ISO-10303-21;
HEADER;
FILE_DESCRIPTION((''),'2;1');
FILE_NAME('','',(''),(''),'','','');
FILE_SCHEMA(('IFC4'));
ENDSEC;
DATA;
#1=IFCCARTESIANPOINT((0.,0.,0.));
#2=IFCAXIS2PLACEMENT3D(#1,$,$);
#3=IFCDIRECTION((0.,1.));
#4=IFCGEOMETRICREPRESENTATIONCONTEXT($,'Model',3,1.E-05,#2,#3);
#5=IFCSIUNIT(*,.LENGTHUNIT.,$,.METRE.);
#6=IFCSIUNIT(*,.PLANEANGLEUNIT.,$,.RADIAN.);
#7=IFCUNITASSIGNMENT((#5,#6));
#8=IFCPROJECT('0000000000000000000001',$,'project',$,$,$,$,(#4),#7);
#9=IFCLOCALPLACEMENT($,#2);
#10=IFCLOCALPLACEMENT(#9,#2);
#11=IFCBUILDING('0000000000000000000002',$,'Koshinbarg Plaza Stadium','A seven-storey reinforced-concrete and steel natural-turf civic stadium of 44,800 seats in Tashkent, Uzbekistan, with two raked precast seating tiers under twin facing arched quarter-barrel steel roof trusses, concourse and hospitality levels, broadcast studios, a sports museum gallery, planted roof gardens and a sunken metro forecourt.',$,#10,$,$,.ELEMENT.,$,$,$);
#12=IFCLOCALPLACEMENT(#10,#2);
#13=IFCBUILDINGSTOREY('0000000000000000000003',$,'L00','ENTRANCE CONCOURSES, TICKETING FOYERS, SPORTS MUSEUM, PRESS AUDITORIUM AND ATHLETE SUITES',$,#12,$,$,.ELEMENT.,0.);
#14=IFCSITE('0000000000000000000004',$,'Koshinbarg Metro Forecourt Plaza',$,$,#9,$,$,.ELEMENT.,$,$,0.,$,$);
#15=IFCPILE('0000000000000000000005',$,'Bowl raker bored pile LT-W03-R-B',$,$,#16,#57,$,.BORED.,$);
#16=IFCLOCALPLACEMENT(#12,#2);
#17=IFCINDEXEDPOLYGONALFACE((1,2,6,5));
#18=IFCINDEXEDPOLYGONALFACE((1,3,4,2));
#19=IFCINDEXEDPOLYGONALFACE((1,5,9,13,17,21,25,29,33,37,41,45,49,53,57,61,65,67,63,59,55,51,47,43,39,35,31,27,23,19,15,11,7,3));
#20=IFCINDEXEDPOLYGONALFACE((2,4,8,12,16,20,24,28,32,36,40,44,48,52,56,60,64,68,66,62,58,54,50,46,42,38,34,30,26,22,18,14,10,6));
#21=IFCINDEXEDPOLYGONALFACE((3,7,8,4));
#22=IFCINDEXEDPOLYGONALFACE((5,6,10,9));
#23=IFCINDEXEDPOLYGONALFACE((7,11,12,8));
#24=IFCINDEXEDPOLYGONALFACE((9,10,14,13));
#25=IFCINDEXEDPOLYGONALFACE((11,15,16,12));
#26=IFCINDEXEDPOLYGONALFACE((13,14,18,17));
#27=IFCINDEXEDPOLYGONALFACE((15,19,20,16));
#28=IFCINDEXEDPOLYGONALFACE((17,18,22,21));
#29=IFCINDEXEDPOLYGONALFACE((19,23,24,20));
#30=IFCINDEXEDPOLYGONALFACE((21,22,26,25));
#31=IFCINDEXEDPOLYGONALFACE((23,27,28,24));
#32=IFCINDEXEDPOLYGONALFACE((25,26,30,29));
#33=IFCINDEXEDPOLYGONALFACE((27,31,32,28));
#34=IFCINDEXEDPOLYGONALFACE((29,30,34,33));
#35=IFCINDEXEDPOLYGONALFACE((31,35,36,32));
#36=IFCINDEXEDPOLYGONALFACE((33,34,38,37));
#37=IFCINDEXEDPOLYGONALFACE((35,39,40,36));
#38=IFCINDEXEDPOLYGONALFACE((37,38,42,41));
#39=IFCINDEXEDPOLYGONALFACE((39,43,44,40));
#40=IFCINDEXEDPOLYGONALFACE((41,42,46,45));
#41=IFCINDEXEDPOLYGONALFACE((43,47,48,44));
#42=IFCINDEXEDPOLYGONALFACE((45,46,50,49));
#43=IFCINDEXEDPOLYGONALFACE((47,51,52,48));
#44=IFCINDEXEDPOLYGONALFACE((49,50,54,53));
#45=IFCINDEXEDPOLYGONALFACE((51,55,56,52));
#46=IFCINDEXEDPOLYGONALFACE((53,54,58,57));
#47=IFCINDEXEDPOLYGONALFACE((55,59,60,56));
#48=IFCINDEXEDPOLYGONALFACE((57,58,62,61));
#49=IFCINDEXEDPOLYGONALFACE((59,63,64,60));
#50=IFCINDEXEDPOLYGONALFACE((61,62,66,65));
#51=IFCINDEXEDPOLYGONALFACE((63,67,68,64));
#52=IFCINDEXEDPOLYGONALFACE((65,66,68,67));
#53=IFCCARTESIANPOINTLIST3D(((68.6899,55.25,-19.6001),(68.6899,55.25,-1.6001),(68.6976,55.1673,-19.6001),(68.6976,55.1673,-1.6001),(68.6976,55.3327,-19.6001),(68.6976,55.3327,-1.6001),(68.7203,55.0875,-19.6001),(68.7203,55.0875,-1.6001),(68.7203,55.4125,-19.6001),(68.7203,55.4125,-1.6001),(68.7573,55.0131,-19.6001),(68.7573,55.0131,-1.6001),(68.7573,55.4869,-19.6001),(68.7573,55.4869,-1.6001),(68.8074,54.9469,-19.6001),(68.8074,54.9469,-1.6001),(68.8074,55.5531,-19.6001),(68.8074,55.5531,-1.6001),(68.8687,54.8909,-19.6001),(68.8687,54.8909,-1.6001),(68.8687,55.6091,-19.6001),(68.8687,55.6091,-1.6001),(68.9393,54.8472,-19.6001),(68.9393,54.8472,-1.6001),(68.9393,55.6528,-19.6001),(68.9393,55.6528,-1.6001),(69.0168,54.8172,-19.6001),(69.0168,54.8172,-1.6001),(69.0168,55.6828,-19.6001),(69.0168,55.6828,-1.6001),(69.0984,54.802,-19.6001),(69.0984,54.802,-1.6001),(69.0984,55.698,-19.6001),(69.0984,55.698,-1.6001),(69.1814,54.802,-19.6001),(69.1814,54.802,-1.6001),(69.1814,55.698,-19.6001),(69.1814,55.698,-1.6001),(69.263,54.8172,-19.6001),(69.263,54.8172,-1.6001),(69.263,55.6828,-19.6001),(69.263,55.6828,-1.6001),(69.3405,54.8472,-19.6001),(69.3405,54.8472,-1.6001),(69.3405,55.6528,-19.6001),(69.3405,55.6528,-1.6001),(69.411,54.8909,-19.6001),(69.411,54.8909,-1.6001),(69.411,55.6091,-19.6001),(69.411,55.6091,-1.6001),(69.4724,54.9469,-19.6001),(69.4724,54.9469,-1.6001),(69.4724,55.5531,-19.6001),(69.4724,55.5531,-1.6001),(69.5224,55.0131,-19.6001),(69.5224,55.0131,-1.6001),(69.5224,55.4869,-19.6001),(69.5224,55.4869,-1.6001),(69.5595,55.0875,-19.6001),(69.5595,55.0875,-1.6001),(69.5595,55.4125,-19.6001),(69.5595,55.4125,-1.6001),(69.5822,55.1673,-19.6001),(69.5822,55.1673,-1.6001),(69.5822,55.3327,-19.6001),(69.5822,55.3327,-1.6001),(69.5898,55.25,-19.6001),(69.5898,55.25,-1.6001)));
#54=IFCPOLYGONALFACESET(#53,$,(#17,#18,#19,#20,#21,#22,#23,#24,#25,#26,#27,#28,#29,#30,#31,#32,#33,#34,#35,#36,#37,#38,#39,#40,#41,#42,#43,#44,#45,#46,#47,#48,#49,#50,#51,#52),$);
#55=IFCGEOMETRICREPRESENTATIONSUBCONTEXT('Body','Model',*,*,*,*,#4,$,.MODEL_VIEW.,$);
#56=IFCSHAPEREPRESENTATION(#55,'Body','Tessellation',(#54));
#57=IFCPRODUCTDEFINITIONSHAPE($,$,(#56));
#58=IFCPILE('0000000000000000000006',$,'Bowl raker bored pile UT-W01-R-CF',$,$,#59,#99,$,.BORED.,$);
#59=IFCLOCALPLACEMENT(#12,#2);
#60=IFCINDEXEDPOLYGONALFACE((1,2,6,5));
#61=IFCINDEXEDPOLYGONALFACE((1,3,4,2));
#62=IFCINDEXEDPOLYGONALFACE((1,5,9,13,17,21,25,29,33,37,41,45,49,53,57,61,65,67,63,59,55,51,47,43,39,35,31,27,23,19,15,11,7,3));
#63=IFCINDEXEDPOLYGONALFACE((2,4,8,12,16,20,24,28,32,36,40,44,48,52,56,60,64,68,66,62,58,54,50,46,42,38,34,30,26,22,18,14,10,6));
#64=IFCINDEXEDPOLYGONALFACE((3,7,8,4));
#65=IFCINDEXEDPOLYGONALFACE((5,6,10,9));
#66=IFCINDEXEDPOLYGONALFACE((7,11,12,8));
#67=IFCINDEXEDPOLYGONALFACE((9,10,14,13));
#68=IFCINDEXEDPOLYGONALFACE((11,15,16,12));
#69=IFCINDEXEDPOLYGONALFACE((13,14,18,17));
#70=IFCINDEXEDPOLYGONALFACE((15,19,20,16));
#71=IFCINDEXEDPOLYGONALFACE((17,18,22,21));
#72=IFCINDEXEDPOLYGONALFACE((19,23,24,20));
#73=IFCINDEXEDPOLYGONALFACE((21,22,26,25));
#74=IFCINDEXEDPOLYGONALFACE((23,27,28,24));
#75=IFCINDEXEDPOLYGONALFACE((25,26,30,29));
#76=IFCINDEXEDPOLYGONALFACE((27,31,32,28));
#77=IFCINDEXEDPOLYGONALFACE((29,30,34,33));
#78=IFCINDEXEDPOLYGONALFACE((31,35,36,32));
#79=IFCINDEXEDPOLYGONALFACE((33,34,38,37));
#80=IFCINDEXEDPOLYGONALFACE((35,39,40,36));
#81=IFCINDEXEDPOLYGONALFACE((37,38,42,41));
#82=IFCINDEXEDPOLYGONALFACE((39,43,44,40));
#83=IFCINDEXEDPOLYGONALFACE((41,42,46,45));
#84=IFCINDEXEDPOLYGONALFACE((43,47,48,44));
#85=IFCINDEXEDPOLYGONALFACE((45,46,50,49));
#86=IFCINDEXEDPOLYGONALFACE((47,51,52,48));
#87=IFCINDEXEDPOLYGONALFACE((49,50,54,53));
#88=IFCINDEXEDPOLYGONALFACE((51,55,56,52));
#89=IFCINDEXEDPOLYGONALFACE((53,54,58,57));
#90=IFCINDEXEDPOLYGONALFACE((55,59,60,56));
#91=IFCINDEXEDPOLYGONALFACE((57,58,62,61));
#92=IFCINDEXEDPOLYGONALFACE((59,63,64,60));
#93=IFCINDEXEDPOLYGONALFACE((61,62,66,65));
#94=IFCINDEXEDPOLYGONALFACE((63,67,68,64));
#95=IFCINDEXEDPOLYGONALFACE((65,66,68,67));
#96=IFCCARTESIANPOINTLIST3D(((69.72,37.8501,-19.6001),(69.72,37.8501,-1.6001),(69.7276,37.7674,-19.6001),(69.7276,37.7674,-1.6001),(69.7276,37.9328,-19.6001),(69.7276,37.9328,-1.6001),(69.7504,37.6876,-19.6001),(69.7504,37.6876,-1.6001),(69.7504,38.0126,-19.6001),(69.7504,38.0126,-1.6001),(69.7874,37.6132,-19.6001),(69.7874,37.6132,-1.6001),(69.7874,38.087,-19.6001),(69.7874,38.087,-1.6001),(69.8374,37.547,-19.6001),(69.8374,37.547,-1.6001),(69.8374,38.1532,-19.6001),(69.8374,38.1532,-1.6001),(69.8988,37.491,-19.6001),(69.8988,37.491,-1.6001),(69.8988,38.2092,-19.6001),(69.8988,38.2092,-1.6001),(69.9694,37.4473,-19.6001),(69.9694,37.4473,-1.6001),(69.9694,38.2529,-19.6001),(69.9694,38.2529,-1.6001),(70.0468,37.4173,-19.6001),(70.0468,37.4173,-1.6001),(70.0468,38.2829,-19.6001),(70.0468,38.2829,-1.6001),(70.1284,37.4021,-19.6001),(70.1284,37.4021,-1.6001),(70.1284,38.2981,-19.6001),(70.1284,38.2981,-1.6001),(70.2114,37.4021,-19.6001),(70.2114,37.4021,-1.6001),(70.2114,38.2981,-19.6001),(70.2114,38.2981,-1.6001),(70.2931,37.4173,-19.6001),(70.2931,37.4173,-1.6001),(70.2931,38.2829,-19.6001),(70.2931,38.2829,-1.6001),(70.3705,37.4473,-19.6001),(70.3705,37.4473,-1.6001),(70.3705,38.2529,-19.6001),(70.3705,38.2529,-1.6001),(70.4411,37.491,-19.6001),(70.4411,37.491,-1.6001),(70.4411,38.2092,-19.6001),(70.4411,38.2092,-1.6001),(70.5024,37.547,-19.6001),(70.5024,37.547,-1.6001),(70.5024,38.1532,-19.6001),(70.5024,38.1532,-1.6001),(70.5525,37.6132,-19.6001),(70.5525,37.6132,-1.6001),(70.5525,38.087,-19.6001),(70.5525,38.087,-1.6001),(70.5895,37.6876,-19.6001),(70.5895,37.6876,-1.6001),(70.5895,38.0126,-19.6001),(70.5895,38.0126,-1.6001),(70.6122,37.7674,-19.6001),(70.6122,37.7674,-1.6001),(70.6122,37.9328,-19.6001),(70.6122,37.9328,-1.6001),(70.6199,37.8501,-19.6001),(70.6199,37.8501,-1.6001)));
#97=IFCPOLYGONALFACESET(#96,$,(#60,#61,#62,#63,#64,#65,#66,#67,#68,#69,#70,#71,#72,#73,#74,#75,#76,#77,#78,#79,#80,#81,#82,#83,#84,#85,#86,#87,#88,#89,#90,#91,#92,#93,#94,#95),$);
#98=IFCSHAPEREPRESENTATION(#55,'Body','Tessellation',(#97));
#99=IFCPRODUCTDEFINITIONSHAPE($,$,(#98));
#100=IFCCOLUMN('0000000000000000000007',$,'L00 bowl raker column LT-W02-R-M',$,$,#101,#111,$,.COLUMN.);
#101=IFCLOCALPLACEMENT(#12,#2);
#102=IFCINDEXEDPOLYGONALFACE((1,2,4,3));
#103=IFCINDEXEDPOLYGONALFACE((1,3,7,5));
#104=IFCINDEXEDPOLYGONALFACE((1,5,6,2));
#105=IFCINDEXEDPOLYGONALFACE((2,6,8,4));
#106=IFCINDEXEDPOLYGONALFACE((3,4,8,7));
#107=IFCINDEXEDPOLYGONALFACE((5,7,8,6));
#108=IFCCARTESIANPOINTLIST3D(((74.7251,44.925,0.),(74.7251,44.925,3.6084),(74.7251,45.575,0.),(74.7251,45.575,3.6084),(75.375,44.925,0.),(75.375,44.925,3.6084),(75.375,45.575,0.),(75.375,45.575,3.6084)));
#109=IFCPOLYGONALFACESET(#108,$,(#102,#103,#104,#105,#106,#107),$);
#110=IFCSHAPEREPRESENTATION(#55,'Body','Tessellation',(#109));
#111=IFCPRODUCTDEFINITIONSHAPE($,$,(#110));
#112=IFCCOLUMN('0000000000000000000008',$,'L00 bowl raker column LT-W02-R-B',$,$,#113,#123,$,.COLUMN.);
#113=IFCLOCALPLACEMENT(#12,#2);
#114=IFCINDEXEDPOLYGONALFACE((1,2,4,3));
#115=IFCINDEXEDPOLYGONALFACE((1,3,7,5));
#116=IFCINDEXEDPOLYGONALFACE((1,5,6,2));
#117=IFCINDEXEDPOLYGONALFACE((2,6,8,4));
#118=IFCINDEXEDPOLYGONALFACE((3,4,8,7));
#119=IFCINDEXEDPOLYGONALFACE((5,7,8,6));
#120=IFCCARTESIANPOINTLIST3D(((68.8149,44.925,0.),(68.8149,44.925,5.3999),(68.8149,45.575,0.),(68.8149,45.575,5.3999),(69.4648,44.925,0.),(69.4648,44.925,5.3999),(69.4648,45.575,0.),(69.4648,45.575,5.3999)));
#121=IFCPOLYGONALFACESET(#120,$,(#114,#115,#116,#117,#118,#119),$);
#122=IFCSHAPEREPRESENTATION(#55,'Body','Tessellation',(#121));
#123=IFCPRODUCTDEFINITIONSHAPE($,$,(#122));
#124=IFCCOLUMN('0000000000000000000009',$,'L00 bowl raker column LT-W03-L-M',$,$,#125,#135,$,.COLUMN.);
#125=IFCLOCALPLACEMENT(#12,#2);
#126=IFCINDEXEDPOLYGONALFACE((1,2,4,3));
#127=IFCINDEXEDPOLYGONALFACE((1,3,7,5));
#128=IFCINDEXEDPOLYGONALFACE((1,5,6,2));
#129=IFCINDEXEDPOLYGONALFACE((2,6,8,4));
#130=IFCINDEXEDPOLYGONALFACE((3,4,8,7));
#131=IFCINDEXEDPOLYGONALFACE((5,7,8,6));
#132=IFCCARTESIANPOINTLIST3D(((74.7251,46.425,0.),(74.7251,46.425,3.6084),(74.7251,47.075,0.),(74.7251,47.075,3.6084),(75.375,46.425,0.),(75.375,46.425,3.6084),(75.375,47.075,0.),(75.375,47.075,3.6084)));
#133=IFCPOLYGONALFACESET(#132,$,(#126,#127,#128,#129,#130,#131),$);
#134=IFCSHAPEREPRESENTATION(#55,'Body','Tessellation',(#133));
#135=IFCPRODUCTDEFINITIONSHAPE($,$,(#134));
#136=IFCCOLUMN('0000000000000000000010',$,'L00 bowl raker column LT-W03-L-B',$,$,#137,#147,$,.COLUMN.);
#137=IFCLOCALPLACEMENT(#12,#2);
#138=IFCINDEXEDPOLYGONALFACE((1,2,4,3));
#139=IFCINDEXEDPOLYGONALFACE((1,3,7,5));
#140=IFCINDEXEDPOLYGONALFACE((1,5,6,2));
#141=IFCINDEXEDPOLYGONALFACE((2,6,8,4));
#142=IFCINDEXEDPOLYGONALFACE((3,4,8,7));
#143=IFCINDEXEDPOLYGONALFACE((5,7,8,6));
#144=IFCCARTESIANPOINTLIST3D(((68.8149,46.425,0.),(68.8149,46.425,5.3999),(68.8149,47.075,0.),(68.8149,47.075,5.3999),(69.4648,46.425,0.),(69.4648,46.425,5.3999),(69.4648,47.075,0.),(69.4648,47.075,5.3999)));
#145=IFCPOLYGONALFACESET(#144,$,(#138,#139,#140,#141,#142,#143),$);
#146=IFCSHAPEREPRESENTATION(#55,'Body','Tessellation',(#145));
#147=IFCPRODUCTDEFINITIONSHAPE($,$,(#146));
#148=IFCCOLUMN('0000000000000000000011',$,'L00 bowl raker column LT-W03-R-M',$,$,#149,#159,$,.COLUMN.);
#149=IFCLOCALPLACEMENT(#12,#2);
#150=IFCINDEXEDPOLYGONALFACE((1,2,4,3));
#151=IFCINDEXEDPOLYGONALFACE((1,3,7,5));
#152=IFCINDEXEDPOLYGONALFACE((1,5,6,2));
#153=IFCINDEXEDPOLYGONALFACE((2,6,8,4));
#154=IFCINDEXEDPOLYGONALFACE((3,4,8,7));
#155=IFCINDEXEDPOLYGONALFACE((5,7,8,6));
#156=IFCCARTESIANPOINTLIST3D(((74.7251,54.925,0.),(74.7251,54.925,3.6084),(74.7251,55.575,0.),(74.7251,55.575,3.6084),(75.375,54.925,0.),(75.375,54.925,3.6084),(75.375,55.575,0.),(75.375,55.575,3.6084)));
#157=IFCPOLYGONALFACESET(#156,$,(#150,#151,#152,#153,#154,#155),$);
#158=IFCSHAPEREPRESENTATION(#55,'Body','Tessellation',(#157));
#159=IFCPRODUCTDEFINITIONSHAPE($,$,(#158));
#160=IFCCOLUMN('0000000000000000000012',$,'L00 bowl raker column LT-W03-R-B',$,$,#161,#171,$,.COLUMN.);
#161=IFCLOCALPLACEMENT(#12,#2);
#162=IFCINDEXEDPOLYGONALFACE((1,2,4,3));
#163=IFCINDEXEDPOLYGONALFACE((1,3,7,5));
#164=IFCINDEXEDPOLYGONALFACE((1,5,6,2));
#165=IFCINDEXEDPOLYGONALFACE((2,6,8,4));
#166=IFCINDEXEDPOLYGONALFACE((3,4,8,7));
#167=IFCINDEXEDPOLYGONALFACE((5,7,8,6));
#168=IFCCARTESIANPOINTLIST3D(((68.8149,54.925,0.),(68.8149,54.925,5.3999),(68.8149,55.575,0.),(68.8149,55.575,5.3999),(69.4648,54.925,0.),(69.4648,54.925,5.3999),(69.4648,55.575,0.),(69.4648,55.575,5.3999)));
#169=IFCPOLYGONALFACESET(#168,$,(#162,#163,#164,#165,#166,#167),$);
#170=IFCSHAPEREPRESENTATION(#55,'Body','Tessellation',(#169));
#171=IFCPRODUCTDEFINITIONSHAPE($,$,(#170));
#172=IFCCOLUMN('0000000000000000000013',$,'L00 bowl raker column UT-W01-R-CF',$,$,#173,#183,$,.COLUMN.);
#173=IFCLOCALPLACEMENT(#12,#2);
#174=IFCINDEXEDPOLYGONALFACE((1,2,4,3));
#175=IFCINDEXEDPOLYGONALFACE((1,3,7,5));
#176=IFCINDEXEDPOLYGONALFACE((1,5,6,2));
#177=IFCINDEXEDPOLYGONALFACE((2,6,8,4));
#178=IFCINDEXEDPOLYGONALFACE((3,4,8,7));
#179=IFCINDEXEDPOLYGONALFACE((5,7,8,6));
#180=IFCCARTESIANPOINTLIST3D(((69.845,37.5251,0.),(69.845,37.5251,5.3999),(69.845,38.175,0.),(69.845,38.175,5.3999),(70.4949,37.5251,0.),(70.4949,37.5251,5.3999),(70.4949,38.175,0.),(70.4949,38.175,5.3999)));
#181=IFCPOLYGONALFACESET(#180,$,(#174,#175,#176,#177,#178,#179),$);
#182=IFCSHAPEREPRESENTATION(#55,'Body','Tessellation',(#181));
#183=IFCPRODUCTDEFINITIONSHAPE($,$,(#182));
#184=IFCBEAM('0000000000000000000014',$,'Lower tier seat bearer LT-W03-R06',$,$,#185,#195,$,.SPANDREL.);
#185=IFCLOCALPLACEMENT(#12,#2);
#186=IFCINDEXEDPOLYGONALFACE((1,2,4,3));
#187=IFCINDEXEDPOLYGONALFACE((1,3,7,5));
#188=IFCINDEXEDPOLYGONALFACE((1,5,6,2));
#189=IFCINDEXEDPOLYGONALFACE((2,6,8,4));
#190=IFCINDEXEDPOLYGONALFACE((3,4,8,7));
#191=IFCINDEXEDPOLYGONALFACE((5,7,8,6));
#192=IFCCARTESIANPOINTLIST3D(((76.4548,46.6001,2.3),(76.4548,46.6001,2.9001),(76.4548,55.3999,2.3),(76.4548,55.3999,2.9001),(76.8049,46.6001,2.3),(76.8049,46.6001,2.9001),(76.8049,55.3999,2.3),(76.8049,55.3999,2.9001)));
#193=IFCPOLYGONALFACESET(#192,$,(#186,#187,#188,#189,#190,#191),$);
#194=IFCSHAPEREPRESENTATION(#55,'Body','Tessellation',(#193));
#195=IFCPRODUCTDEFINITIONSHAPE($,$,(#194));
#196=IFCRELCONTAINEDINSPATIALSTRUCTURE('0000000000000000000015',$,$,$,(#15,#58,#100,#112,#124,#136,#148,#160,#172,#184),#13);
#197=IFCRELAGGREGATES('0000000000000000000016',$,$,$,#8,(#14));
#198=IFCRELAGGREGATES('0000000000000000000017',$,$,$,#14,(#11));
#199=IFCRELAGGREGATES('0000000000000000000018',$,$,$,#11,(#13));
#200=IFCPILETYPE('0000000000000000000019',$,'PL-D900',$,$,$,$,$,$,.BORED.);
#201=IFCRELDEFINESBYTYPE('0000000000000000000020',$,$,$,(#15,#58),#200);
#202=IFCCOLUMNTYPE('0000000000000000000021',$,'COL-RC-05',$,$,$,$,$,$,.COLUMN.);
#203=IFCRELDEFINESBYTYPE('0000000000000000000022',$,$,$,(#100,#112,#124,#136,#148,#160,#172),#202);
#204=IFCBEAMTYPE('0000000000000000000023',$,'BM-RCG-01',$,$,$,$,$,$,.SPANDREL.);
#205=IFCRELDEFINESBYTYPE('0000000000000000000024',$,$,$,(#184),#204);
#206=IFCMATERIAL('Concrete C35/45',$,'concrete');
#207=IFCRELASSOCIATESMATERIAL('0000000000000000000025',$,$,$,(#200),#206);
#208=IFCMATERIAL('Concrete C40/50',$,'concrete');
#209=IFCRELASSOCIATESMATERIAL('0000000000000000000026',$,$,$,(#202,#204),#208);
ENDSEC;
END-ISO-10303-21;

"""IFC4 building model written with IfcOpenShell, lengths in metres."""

from ifc_helpers import new_model, si_unit, direction, frame, origin, origin_2d, place, context, subcontext, project, spatial, rectangle, circle, extrude, material, material_profile, profile_set, type_object, element, save


model = new_model("IFC4")

# Units and contexts
model_context = context("Model", 3, precision=1e-05, world=origin(), true_north=direction((0.0, 1.0)))
body_context = subcontext(model_context, "Body", "Model", "MODEL_VIEW")
ifc_project = project(units=[si_unit("LENGTHUNIT", "METRE"), si_unit("PLANEANGLEUNIT", "RADIAN")], contexts=[model_context])

# Site, building, storey
site_placement = place(None, origin())
site = spatial("IfcSite", under=ifc_project, at=site_placement, Name="Koshinbarg Metro Forecourt Plaza", CompositionType="ELEMENT", RefElevation=0.0)
building_placement = place(site_placement, origin())
building = spatial("IfcBuilding", under=site, at=building_placement, Name="Koshinbarg Plaza Stadium", Description="A seven-storey reinforced-concrete and steel natural-turf civic stadium of 44,800 seats in Tashkent, Uzbekistan, with two raked precast seating tiers under twin facing arched quarter-barrel steel roof trusses, concourse and hospitality levels, broadcast studios, a sports museum gallery, planted roof gardens and a sunken metro forecourt.", CompositionType="ELEMENT")
storey_placement = place(building_placement, origin())
storey = spatial("IfcBuildingStorey", under=building, at=storey_placement, Name="L00", Description="ENTRANCE CONCOURSES, TICKETING FOYERS, SPORTS MUSEUM, PRESS AUDITORIUM AND ATHLETE SUITES", CompositionType="ELEMENT", Elevation=0.0)

# Shared definitions
ifc_material_1 = material(Name="Concrete C35/45", Category="concrete")

# Piles
ifc_material_profile_1 = material_profile(ifc_material_1, circle(Radius=0.45, at=origin_2d()), Name="PILE D900")
ifc_profile_set_1 = profile_set([ifc_material_profile_1], Name="Concrete C35/45")
pile_type = type_object("IfcPileType", Name="PL-D900", PredefinedType="BORED", material=ifc_profile_set_1)
for number, where, z_axis, x_axis, name in (
    (1, (69.1399, 55.25, -1.6001), (0.0, 0.0, -1.0), (1.0, 0.0, 0.0), "Bowl raker bored pile LT-W03-R-B"),
    (2, (70.1699, 37.8501, -1.6001), (0.0, 0.0, -1.0), (1.0, 0.0, 0.0), "Bowl raker bored pile UT-W01-R-CF"),
):
    element("IfcPile", number, at=place(storey_placement, frame(where, z_axis=z_axis, x_axis=x_axis)), inside=storey, type_object=pile_type, Name=name, PredefinedType="BORED", context=body_context, shape_type="SweptSolid", body=[
        extrude(circle(Radius=0.45, at=origin_2d()), origin(), (0.0, 0.0, 1.0), 18.0),
    ])

# Columns
ifc_material_2 = material(Name="Concrete C40/50", Category="concrete")
ifc_material_profile_2 = material_profile(ifc_material_2, rectangle(XDim=0.6499, YDim=0.6499, at=origin_2d()), Name="RC 650x650")
ifc_profile_set_2 = profile_set([ifc_material_profile_2], Name="Concrete C40/50")
column_type = type_object("IfcColumnType", Name="COL-RC-05", PredefinedType="COLUMN", material=ifc_profile_set_2)
column_1_placement = place(storey_placement, frame((75.05, 45.25, 0.0), z_axis=(0.0, 0.0, 1.0), x_axis=(1.0, 0.0, 0.0)))
element("IfcColumn", 3, at=column_1_placement, inside=storey, type_object=column_type, Name="L00 bowl raker column LT-W02-R-M", PredefinedType="COLUMN", context=body_context, shape_type="SweptSolid", body=[
    extrude(rectangle(XDim=0.6499, YDim=0.6499, at=origin_2d()), origin(), (0.0, 0.0, 1.0), 3.6084),
])
column_2_placement = place(storey_placement, frame((69.1399, 45.25, 0.0), z_axis=(0.0, 0.0, 1.0), x_axis=(1.0, 0.0, 0.0)))
element("IfcColumn", 4, at=column_2_placement, inside=storey, type_object=column_type, Name="L00 bowl raker column LT-W02-R-B", PredefinedType="COLUMN", context=body_context, shape_type="SweptSolid", body=[
    extrude(rectangle(XDim=0.6499, YDim=0.6499, at=origin_2d()), origin(), (0.0, 0.0, 1.0), 5.3999),
])
column_3_placement = place(storey_placement, frame((75.05, 46.75, 0.0), z_axis=(0.0, 0.0, 1.0), x_axis=(1.0, 0.0, 0.0)))
element("IfcColumn", 5, at=column_3_placement, inside=storey, type_object=column_type, Name="L00 bowl raker column LT-W03-L-M", PredefinedType="COLUMN", context=body_context, shape_type="SweptSolid", body=[
    extrude(rectangle(XDim=0.6499, YDim=0.6499, at=origin_2d()), origin(), (0.0, 0.0, 1.0), 3.6084),
])
column_4_placement = place(storey_placement, frame((69.1399, 46.75, 0.0), z_axis=(0.0, 0.0, 1.0), x_axis=(1.0, 0.0, 0.0)))
element("IfcColumn", 6, at=column_4_placement, inside=storey, type_object=column_type, Name="L00 bowl raker column LT-W03-L-B", PredefinedType="COLUMN", context=body_context, shape_type="SweptSolid", body=[
    extrude(rectangle(XDim=0.6499, YDim=0.6499, at=origin_2d()), origin(), (0.0, 0.0, 1.0), 5.3999),
])
column_5_placement = place(storey_placement, frame((75.05, 55.25, 0.0), z_axis=(0.0, 0.0, 1.0), x_axis=(1.0, 0.0, 0.0)))
element("IfcColumn", 7, at=column_5_placement, inside=storey, type_object=column_type, Name="L00 bowl raker column LT-W03-R-M", PredefinedType="COLUMN", context=body_context, shape_type="SweptSolid", body=[
    extrude(rectangle(XDim=0.6499, YDim=0.6499, at=origin_2d()), origin(), (0.0, 0.0, 1.0), 3.6084),
])
for number, where, z_axis, x_axis, name in (
    (8, (69.1399, 55.25, 0.0), (0.0, 0.0, 1.0), (1.0, 0.0, 0.0), "L00 bowl raker column LT-W03-R-B"),
    (9, (70.1699, 37.8501, 0.0), (0.0, 0.0, 1.0), (1.0, 0.0, 0.0), "L00 bowl raker column UT-W01-R-CF"),
):
    element("IfcColumn", number, at=place(storey_placement, frame(where, z_axis=z_axis, x_axis=x_axis)), inside=storey, type_object=column_type, Name=name, PredefinedType="COLUMN", context=body_context, shape_type="SweptSolid", body=[
        extrude(rectangle(XDim=0.6499, YDim=0.6499, at=origin_2d()), origin(), (0.0, 0.0, 1.0), 5.3999),
    ])

# Beam
ifc_material_profile_3 = material_profile(ifc_material_2, rectangle(XDim=0.3501, YDim=0.6001, at=origin_2d()), Name="RC 350x600")
ifc_profile_set_3 = profile_set([ifc_material_profile_3], Name="Concrete C40/50")
beam_type = type_object("IfcBeamType", Name="BM-RCG-01", PredefinedType="SPANDREL", material=ifc_profile_set_3)
for number, where, z_axis, x_axis, name in (
    (10, (76.6299, 46.6001, 2.6001), (0.0, 1.0, 0.0), (-1.0, 0.0, 0.0), "Lower tier seat bearer LT-W03-R06"),
):
    element("IfcBeam", number, at=place(storey_placement, frame(where, z_axis=z_axis, x_axis=x_axis)), inside=storey, type_object=beam_type, Name=name, PredefinedType="SPANDREL", context=body_context, shape_type="SweptSolid", body=[
        extrude(rectangle(XDim=0.3501, YDim=0.6001, at=origin_2d()), origin(), (0.0, 0.0, 1.0), 8.7998),
    ])

save(model, "model.ifc")
